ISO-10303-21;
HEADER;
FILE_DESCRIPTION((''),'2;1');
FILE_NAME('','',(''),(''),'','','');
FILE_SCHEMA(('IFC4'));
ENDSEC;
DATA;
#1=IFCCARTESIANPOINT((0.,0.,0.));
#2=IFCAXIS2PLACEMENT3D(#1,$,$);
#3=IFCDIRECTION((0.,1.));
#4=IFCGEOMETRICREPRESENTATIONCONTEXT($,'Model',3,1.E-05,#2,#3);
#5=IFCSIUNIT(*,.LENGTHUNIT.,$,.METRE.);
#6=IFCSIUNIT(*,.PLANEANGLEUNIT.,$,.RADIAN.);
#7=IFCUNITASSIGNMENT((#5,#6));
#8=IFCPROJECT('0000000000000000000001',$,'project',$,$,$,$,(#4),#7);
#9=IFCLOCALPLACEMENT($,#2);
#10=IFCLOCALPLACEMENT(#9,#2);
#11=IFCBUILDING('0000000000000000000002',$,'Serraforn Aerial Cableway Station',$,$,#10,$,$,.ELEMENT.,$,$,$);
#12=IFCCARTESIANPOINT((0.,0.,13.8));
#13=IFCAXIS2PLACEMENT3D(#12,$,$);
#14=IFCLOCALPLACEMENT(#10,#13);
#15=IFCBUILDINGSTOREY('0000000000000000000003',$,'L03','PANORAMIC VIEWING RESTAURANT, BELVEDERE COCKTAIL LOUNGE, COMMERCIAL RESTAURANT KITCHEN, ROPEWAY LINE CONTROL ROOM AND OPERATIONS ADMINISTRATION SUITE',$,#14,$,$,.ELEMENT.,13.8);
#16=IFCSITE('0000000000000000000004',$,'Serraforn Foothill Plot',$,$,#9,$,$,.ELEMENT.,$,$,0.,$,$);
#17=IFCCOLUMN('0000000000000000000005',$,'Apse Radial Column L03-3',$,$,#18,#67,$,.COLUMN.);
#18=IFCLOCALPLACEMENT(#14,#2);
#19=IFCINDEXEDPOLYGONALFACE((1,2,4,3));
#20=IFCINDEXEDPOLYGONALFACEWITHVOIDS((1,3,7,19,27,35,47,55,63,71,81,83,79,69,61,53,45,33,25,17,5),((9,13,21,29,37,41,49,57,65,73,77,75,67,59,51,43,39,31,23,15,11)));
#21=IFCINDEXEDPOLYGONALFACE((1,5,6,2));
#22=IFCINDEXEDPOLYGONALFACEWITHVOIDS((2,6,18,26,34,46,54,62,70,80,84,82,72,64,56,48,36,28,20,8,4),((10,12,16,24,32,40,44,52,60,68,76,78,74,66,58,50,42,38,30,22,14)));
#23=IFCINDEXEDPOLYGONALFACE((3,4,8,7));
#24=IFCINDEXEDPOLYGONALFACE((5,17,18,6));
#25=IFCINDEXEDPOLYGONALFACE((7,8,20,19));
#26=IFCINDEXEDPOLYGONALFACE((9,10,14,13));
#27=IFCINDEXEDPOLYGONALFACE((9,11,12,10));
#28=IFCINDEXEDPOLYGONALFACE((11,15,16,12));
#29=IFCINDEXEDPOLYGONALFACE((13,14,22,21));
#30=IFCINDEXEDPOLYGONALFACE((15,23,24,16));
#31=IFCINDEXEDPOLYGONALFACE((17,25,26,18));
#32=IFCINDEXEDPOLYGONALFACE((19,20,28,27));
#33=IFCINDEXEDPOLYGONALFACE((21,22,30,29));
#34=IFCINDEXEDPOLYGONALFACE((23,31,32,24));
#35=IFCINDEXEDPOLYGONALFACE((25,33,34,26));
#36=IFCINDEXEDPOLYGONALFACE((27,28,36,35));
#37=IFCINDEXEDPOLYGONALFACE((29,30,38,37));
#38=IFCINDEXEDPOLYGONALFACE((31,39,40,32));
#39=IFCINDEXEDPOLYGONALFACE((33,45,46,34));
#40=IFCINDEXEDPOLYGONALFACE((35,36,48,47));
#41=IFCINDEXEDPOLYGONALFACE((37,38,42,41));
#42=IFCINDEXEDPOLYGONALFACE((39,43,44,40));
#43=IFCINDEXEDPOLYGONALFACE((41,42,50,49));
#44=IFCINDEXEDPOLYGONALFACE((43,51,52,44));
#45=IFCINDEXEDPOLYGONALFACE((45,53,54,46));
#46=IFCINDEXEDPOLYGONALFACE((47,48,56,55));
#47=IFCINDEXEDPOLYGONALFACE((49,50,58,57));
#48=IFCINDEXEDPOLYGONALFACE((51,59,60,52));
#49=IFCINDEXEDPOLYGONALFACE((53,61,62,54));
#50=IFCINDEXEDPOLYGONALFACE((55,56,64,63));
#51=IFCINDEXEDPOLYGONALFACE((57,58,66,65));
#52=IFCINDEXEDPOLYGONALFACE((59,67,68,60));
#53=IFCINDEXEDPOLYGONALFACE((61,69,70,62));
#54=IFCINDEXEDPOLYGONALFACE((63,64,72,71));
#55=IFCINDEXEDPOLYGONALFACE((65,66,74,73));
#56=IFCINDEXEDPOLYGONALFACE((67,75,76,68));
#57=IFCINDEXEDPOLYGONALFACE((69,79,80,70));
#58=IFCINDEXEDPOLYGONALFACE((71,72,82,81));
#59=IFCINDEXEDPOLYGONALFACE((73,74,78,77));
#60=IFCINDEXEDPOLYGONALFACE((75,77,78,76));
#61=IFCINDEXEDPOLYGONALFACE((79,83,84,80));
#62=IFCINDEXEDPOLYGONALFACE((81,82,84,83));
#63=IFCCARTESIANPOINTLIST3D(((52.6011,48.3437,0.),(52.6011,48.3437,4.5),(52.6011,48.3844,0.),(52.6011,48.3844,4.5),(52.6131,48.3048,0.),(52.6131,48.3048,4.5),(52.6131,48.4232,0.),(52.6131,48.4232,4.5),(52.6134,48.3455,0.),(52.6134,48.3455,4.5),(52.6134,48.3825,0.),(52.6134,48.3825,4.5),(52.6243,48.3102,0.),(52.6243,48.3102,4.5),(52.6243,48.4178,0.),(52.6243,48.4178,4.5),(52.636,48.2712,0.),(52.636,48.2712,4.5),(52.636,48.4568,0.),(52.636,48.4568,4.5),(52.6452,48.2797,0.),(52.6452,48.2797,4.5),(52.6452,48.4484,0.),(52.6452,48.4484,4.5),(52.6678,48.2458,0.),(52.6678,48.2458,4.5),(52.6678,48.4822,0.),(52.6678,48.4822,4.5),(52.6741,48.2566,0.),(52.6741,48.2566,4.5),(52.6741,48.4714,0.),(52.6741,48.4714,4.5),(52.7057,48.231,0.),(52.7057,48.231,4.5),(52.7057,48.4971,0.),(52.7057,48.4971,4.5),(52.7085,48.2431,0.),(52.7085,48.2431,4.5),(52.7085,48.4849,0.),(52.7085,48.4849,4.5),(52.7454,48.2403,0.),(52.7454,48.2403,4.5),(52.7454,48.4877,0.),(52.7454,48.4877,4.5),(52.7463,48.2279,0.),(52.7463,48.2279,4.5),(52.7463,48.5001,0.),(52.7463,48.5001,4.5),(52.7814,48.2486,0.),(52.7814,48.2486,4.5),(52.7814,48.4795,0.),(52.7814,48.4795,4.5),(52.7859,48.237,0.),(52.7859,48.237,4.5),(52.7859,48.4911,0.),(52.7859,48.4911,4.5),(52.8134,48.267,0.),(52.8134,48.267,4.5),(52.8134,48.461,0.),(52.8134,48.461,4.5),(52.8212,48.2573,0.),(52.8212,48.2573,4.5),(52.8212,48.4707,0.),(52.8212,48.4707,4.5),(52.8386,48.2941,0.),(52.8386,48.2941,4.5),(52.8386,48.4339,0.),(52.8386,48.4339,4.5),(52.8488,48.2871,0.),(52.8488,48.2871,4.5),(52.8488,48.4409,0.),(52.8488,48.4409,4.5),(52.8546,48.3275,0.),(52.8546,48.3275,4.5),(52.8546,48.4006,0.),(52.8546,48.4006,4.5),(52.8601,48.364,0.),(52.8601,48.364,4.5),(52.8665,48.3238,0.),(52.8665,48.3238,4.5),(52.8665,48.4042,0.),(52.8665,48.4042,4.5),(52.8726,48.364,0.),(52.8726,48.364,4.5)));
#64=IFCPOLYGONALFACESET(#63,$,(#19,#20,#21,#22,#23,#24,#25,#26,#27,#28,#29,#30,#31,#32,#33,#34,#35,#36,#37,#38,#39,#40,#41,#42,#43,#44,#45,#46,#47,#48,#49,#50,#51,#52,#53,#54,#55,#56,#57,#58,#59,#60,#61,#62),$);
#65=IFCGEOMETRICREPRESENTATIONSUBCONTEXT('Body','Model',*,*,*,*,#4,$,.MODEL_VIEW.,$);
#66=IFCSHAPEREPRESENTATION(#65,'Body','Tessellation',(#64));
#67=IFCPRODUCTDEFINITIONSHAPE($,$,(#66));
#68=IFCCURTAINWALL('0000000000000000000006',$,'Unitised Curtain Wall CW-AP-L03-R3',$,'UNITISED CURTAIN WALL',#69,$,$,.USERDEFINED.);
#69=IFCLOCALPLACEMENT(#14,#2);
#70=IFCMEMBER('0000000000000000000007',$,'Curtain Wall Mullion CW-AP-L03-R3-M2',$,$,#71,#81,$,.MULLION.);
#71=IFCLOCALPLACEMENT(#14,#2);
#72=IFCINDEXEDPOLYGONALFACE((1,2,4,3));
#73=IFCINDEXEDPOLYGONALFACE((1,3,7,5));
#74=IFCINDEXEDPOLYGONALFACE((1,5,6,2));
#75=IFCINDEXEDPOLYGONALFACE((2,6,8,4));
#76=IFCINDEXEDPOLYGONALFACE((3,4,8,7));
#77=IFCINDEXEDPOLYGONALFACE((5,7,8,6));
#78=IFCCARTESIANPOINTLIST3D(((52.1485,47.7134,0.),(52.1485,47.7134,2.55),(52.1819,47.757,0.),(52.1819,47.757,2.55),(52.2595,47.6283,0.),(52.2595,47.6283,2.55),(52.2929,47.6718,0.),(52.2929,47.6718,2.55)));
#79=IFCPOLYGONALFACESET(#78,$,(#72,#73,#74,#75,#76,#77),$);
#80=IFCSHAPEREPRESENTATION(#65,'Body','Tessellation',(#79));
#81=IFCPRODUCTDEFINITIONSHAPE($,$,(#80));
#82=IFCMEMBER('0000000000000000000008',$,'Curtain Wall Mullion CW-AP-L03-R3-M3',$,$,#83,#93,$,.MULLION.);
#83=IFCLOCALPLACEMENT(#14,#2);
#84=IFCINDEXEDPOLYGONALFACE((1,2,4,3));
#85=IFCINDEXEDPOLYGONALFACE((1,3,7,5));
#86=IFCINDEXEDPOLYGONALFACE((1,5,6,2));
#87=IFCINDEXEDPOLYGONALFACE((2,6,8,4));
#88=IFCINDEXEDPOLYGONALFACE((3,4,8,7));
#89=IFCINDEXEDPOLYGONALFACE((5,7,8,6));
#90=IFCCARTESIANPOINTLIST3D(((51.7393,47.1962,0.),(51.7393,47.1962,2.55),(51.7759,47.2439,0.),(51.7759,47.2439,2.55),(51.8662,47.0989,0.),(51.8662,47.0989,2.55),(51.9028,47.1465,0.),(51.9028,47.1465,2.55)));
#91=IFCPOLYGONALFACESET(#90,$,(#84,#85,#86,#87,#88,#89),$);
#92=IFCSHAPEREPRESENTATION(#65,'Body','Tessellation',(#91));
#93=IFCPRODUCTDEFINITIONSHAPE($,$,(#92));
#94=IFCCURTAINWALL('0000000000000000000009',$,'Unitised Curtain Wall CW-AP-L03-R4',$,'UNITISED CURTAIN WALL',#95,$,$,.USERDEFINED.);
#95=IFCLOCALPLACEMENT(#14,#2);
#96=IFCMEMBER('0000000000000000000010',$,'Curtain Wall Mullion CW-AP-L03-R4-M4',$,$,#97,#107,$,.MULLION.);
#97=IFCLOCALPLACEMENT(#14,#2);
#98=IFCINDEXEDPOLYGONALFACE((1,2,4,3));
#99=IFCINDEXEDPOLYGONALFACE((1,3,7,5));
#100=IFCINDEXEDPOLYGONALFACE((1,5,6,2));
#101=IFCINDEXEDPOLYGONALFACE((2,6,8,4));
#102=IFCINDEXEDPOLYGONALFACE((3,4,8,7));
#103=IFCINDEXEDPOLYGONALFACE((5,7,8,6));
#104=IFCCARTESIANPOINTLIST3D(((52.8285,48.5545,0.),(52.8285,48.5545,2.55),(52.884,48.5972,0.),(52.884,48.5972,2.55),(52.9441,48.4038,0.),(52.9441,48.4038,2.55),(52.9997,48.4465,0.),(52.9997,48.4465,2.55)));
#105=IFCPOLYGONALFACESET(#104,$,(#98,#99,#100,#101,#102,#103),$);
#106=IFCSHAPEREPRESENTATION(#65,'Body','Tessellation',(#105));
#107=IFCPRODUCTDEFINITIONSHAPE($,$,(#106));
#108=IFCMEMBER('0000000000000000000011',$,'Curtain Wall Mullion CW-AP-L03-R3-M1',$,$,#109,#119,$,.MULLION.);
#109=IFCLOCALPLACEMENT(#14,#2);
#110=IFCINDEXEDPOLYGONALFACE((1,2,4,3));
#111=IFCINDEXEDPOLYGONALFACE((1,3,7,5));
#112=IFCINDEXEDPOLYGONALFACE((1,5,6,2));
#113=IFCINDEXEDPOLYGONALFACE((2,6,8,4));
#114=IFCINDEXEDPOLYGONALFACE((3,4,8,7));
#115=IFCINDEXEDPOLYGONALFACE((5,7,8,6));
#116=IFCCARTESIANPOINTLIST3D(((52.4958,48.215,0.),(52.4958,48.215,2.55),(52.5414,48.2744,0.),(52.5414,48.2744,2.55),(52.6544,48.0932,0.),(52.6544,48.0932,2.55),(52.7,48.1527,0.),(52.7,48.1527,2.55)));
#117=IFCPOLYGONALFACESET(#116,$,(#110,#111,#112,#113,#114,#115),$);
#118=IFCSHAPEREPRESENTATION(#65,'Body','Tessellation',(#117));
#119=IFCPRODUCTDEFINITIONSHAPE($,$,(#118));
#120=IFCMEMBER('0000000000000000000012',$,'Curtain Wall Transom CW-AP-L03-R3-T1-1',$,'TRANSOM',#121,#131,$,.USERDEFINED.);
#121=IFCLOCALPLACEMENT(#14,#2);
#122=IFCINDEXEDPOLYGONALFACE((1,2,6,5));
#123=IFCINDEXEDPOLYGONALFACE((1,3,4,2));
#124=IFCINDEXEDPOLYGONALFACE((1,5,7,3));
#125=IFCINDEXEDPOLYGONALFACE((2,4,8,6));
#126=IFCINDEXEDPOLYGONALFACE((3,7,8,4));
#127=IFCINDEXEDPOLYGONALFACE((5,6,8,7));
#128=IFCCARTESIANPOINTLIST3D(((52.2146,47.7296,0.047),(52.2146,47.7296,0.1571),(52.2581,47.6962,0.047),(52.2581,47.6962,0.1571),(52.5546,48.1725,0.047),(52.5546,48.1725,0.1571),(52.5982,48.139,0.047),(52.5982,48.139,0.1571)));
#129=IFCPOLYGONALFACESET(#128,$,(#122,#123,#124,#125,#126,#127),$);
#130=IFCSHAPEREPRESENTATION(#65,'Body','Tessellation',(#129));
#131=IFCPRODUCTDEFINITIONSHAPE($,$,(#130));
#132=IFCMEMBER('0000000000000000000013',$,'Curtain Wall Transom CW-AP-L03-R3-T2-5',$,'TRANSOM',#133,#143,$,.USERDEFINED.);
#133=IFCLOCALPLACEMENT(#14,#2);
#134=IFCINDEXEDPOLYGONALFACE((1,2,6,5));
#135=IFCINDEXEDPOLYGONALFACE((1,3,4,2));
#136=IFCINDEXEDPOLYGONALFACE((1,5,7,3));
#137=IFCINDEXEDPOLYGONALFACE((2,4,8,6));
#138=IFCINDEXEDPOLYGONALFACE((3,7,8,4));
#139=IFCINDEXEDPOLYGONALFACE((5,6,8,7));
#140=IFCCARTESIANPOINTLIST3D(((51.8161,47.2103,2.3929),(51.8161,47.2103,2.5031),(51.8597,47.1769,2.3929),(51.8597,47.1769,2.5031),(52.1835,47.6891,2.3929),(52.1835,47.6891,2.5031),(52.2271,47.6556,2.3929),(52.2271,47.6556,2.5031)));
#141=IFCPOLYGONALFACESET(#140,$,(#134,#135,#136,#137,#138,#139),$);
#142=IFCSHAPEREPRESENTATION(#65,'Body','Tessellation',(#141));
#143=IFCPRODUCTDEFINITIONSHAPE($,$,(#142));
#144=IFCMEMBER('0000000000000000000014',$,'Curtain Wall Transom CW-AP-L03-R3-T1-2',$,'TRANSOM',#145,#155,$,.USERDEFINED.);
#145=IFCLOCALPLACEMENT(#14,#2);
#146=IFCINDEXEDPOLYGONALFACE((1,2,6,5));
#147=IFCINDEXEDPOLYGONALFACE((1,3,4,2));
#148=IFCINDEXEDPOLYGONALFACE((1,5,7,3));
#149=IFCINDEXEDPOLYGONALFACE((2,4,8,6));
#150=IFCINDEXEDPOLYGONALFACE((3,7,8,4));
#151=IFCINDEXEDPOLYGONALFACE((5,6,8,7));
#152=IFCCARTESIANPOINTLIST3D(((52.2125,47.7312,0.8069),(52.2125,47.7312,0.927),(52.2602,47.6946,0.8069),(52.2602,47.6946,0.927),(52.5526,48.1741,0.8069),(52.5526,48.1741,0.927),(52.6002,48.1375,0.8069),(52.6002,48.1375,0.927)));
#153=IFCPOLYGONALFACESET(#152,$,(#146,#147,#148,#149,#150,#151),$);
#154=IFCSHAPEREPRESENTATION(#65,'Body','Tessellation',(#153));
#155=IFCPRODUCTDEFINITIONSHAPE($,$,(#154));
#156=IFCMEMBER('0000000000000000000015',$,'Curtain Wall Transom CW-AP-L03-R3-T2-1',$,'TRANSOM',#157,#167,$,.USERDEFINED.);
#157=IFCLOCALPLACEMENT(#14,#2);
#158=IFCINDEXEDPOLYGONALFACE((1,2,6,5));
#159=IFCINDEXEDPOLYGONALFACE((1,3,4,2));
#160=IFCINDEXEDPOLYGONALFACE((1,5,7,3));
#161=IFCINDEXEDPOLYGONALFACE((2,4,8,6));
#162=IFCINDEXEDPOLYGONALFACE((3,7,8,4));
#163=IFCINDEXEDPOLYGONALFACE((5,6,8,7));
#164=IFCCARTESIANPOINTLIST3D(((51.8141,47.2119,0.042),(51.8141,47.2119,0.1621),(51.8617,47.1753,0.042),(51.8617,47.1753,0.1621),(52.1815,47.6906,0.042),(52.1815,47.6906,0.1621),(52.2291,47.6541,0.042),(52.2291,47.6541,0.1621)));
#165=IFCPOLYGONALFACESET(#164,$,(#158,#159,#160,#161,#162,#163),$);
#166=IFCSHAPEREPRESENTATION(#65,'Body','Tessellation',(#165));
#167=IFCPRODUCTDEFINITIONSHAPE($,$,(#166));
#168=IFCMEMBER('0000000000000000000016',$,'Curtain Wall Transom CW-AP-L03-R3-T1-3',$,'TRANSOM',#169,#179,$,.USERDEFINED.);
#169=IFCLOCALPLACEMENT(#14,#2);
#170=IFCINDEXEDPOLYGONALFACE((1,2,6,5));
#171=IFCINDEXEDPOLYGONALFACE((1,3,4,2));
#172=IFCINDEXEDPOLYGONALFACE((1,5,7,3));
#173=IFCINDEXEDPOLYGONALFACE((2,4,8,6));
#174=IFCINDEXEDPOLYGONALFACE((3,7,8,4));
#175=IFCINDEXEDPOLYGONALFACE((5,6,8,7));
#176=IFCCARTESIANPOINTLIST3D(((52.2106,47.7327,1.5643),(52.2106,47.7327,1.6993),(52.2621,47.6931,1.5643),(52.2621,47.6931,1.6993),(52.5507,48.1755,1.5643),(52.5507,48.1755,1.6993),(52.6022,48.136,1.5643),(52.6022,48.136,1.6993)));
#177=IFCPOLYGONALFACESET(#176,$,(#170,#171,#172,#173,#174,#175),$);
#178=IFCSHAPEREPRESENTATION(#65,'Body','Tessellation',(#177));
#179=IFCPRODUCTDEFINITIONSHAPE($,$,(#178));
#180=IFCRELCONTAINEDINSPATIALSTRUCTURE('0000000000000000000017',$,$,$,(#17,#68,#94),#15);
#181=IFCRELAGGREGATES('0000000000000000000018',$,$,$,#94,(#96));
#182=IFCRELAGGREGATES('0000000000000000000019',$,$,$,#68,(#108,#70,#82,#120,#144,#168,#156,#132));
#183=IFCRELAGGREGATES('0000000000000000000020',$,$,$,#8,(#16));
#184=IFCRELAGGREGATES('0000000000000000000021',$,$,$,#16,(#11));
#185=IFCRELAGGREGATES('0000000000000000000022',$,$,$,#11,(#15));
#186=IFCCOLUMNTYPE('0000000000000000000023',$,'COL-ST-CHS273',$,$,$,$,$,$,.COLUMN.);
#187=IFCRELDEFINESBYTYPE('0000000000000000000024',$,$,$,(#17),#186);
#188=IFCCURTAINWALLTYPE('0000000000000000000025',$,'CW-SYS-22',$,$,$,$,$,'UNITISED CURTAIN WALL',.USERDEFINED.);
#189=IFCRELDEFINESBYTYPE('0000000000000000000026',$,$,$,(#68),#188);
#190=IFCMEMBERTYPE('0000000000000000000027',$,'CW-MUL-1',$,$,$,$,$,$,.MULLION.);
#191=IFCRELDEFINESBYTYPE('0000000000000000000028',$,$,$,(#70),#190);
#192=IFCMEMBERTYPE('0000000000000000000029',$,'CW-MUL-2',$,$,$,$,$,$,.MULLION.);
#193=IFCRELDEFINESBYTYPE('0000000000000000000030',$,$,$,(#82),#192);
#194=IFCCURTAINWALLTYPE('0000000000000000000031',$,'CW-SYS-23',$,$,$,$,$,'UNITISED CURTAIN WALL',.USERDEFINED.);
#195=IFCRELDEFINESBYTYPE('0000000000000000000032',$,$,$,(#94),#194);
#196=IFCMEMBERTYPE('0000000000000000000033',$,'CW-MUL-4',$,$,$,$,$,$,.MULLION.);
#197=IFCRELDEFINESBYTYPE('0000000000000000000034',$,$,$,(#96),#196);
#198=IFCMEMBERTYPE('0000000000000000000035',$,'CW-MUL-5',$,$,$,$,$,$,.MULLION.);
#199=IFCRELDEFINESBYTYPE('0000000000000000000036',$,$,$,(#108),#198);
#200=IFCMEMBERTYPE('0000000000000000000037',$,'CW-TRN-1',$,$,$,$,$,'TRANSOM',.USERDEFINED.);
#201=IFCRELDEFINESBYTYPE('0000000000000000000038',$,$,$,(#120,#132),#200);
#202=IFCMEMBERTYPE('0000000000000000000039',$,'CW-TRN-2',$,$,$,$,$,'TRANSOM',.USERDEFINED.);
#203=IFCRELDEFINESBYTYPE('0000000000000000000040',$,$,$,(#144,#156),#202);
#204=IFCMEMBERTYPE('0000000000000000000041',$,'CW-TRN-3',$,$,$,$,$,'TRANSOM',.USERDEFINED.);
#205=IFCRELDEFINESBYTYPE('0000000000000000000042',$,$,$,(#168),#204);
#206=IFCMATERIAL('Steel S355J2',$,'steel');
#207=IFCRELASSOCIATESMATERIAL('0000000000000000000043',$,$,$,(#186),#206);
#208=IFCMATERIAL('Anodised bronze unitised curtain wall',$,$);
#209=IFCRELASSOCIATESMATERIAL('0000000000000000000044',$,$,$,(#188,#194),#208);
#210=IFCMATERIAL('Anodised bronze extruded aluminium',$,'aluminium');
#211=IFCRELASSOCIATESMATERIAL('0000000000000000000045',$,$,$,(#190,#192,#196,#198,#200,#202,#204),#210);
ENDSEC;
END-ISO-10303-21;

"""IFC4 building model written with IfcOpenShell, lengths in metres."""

from ifc_helpers import new_model, si_unit, direction, frame, origin, origin_2d, place, context, subcontext, project, spatial, rectangle, hollow_circle, extrude, material, material_profile, profile_set, type_object, element, aggregate, save


model = new_model("IFC4")

# Units and contexts
model_context = context("Model", 3, precision=1e-05, world=origin(), true_north=direction((0.0, 1.0)))
body_context = subcontext(model_context, "Body", "Model", "MODEL_VIEW")
ifc_project = project(units=[si_unit("LENGTHUNIT", "METRE"), si_unit("PLANEANGLEUNIT", "RADIAN")], contexts=[model_context])

# Site, building, storey
site_placement = place(None, origin())
site = spatial("IfcSite", under=ifc_project, at=site_placement, Name="Serraforn Foothill Plot", CompositionType="ELEMENT", RefElevation=0.0)
building_placement = place(site_placement, origin())
building = spatial("IfcBuilding", under=site, at=building_placement, Name="Serraforn Aerial Cableway Station", CompositionType="ELEMENT")
storey_placement = place(building_placement, frame((0.0, 0.0, 13.8)))
storey = spatial("IfcBuildingStorey", under=building, at=storey_placement, Name="L03", Description="PANORAMIC VIEWING RESTAURANT, BELVEDERE COCKTAIL LOUNGE, COMMERCIAL RESTAURANT KITCHEN, ROPEWAY LINE CONTROL ROOM AND OPERATIONS ADMINISTRATION SUITE", CompositionType="ELEMENT", Elevation=13.8)

# Column
ifc_material_1 = material(Name="Steel S355J2", Category="steel")
ifc_material_profile_1 = material_profile(ifc_material_1, hollow_circle(Radius=0.1365, WallThickness=0.0125, at=origin_2d()), Name="CHS 273.0x12.5")
ifc_profile_set_1 = profile_set([ifc_material_profile_1], Name="Steel S355J2")
column_type = type_object("IfcColumnType", Name="COL-ST-CHS273", PredefinedType="COLUMN", material=ifc_profile_set_1)
column_placement = place(storey_placement, frame((52.7361, 48.364, 0.0), z_axis=(0.0, 0.0, 1.0), x_axis=(1.0, 0.0, 0.0)))
element("IfcColumn", 1, at=column_placement, inside=storey, type_object=column_type, Name="Apse Radial Column L03-3", PredefinedType="COLUMN", context=body_context, shape_type="SweptSolid", body=[
    extrude(hollow_circle(Radius=0.1365, WallThickness=0.0125, at=origin_2d()), origin(), (0.0, 0.0, 1.0), 4.5),
])

# Curtain wall, members
ifc_material_2 = material(Name="Anodised bronze unitised curtain wall")
curtain_wall_type_1 = type_object("IfcCurtainWallType", Name="CW-SYS-22", ElementType="UNITISED CURTAIN WALL", PredefinedType="USERDEFINED", material=ifc_material_2)
curtain_wall_1_placement = place(storey_placement, origin())
curtain_wall_1 = element("IfcCurtainWall", 2, at=curtain_wall_1_placement, inside=storey, type_object=curtain_wall_type_1, Name="Unitised Curtain Wall CW-AP-L03-R3", ObjectType="UNITISED CURTAIN WALL", PredefinedType="USERDEFINED")
ifc_material_3 = material(Name="Anodised bronze extruded aluminium", Category="aluminium")
ifc_material_profile_2 = material_profile(ifc_material_3, rectangle(XDim=0.0549, YDim=0.1399, at=origin_2d()), Name="CW MULLION 55x140")
ifc_profile_set_2 = profile_set([ifc_material_profile_2], Name="Anodised bronze extruded aluminium")
member_type_1 = type_object("IfcMemberType", Name="CW-MUL-1", PredefinedType="MULLION", material=ifc_profile_set_2)
member_1_placement = place(storey_placement, frame((52.2207, 47.6926, 0.0), z_axis=(0.0, 0.0, 1.0), x_axis=(-0.608749, -0.793363, 0.0)))
member_1 = element("IfcMember", 3, at=member_1_placement, type_object=member_type_1, Name="Curtain Wall Mullion CW-AP-L03-R3-M2", PredefinedType="MULLION", context=body_context, shape_type="SweptSolid", body=[
    extrude(rectangle(XDim=0.0549, YDim=0.1399, at=origin_2d()), origin(), (0.0, 0.0, 1.0), 2.55),
])
ifc_material_profile_3 = material_profile(ifc_material_3, rectangle(XDim=0.0601, YDim=0.1599, at=origin_2d()), Name="CW MULLION 60x160")
ifc_profile_set_3 = profile_set([ifc_material_profile_3], Name="Anodised bronze extruded aluminium")
member_type_2 = type_object("IfcMemberType", Name="CW-MUL-2", PredefinedType="MULLION", material=ifc_profile_set_3)
member_2_placement = place(storey_placement, frame((51.821, 47.1714, 0.0), z_axis=(0.0, 0.0, 1.0), x_axis=(-0.608749, -0.793363, 0.0)))
member_2 = element("IfcMember", 4, at=member_2_placement, type_object=member_type_2, Name="Curtain Wall Mullion CW-AP-L03-R3-M3", PredefinedType="MULLION", context=body_context, shape_type="SweptSolid", body=[
    extrude(rectangle(XDim=0.0601, YDim=0.1599, at=origin_2d()), origin(), (0.0, 0.0, 1.0), 2.55),
])

# Curtain wall, member
curtain_wall_type_2 = type_object("IfcCurtainWallType", Name="CW-SYS-23", ElementType="UNITISED CURTAIN WALL", PredefinedType="USERDEFINED", material=ifc_material_2)
curtain_wall_2_placement = place(storey_placement, origin())
curtain_wall_2 = element("IfcCurtainWall", 5, at=curtain_wall_2_placement, inside=storey, type_object=curtain_wall_type_2, Name="Unitised Curtain Wall CW-AP-L03-R4", ObjectType="UNITISED CURTAIN WALL", PredefinedType="USERDEFINED")
ifc_material_profile_4 = material_profile(ifc_material_3, rectangle(XDim=0.0701, YDim=0.1899, at=origin_2d()), Name="CW MULLION 70x190")
ifc_profile_set_4 = profile_set([ifc_material_profile_4], Name="Anodised bronze extruded aluminium")
member_type_3 = type_object("IfcMemberType", Name="CW-MUL-4", PredefinedType="MULLION", material=ifc_profile_set_4)
member_3_placement = place(storey_placement, frame((52.9141, 48.5005, 0.0), z_axis=(0.0, 0.0, 1.0), x_axis=(-0.793363, -0.608749, 0.0)))
member_3 = element("IfcMember", 6, at=member_3_placement, type_object=member_type_3, Name="Curtain Wall Mullion CW-AP-L03-R4-M4", PredefinedType="MULLION", context=body_context, shape_type="SweptSolid", body=[
    extrude(rectangle(XDim=0.0701, YDim=0.1899, at=origin_2d()), origin(), (0.0, 0.0, 1.0), 2.55),
])

# Members
ifc_material_profile_5 = material_profile(ifc_material_3, rectangle(XDim=0.075, YDim=0.2, at=origin_2d()), Name="CW MULLION 75x200")
ifc_profile_set_5 = profile_set([ifc_material_profile_5], Name="Anodised bronze extruded aluminium")
member_type_4 = type_object("IfcMemberType", Name="CW-MUL-5", PredefinedType="MULLION", material=ifc_profile_set_5)
member_4_placement = place(storey_placement, frame((52.5979, 48.1838, 0.0), z_axis=(0.0, 0.0, 1.0), x_axis=(-0.608749, -0.793363, 0.0)))
member_4 = element("IfcMember", 7, at=member_4_placement, type_object=member_type_4, Name="Curtain Wall Mullion CW-AP-L03-R3-M1", PredefinedType="MULLION", context=body_context, shape_type="SweptSolid", body=[
    extrude(rectangle(XDim=0.075, YDim=0.2, at=origin_2d()), origin(), (0.0, 0.0, 1.0), 2.55),
])
ifc_material_profile_6 = material_profile(ifc_material_3, rectangle(XDim=0.0549, YDim=0.1101, at=origin_2d()), Name="CW TRANSOM 55x110")
ifc_profile_set_6 = profile_set([ifc_material_profile_6], Name="Anodised bronze extruded aluminium")
member_type_5 = type_object("IfcMemberType", Name="CW-TRN-1", ElementType="TRANSOM", PredefinedType="USERDEFINED", material=ifc_profile_set_6)
member_5_placement = place(storey_placement, frame((52.5764, 48.1558, 0.1021), z_axis=(-0.609056, -0.793128, 0.0), x_axis=(0.793128, -0.609056, 0.0)))
member_5 = element("IfcMember", 8, at=member_5_placement, type_object=member_type_5, Name="Curtain Wall Transom CW-AP-L03-R3-T1-1", ObjectType="TRANSOM", PredefinedType="USERDEFINED", context=body_context, shape_type="SweptSolid", body=[
    extrude(rectangle(XDim=0.0549, YDim=0.1101, at=origin_2d()), origin(), (0.0, 0.0, 1.0), 0.5583),
])
member_6_placement = place(storey_placement, frame((52.2053, 47.6724, 2.448), z_axis=(-0.608831, -0.7933, 0.0), x_axis=(0.7933, -0.608831, 0.0)))
member_6 = element("IfcMember", 9, at=member_6_placement, type_object=member_type_5, Name="Curtain Wall Transom CW-AP-L03-R3-T2-5", ObjectType="TRANSOM", PredefinedType="USERDEFINED", context=body_context, shape_type="SweptSolid", body=[
    extrude(rectangle(XDim=0.0549, YDim=0.1101, at=origin_2d()), origin(), (0.0, 0.0, 1.0), 0.6035),
])
ifc_material_profile_7 = material_profile(ifc_material_3, rectangle(XDim=0.0601, YDim=0.1201, at=origin_2d()), Name="CW TRANSOM 60x120")
ifc_profile_set_7 = profile_set([ifc_material_profile_7], Name="Anodised bronze extruded aluminium")
member_type_6 = type_object("IfcMemberType", Name="CW-TRN-2", ElementType="TRANSOM", PredefinedType="USERDEFINED", material=ifc_profile_set_7)
member_7_placement = place(storey_placement, frame((52.5764, 48.1558, 0.8669), z_axis=(-0.609056, -0.793128, 0.0), x_axis=(0.793128, -0.609056, 0.0)))
member_7 = element("IfcMember", 10, at=member_7_placement, type_object=member_type_6, Name="Curtain Wall Transom CW-AP-L03-R3-T1-2", ObjectType="TRANSOM", PredefinedType="USERDEFINED", context=body_context, shape_type="SweptSolid", body=[
    extrude(rectangle(XDim=0.0601, YDim=0.1201, at=origin_2d()), origin(), (0.0, 0.0, 1.0), 0.5583),
])
member_8_placement = place(storey_placement, frame((52.2053, 47.6724, 0.1021), z_axis=(-0.608831, -0.7933, 0.0), x_axis=(0.7933, -0.608831, 0.0)))
member_8 = element("IfcMember", 11, at=member_8_placement, type_object=member_type_6, Name="Curtain Wall Transom CW-AP-L03-R3-T2-1", ObjectType="TRANSOM", PredefinedType="USERDEFINED", context=body_context, shape_type="SweptSolid", body=[
    extrude(rectangle(XDim=0.0601, YDim=0.1201, at=origin_2d()), origin(), (0.0, 0.0, 1.0), 0.6035),
])
ifc_material_profile_8 = material_profile(ifc_material_3, rectangle(XDim=0.0649, YDim=0.135, at=origin_2d()), Name="CW TRANSOM 65x135")
ifc_profile_set_8 = profile_set([ifc_material_profile_8], Name="Anodised bronze extruded aluminium")
member_type_7 = type_object("IfcMemberType", Name="CW-TRN-3", ElementType="TRANSOM", PredefinedType="USERDEFINED", material=ifc_profile_set_8)
member_9_placement = place(storey_placement, frame((52.5764, 48.1558, 1.6318), z_axis=(-0.609056, -0.793128, 0.0), x_axis=(0.793128, -0.609056, 0.0)))
member_9 = element("IfcMember", 12, at=member_9_placement, type_object=member_type_7, Name="Curtain Wall Transom CW-AP-L03-R3-T1-3", ObjectType="TRANSOM", PredefinedType="USERDEFINED", context=body_context, shape_type="SweptSolid", body=[
    extrude(rectangle(XDim=0.0649, YDim=0.135, at=origin_2d()), origin(), (0.0, 0.0, 1.0), 0.5583),
])

aggregate(curtain_wall_2, [member_3])
aggregate(curtain_wall_1, [member_4, member_1, member_2, member_5, member_7, member_9, member_8, member_6])

save(model, "model.ifc")
